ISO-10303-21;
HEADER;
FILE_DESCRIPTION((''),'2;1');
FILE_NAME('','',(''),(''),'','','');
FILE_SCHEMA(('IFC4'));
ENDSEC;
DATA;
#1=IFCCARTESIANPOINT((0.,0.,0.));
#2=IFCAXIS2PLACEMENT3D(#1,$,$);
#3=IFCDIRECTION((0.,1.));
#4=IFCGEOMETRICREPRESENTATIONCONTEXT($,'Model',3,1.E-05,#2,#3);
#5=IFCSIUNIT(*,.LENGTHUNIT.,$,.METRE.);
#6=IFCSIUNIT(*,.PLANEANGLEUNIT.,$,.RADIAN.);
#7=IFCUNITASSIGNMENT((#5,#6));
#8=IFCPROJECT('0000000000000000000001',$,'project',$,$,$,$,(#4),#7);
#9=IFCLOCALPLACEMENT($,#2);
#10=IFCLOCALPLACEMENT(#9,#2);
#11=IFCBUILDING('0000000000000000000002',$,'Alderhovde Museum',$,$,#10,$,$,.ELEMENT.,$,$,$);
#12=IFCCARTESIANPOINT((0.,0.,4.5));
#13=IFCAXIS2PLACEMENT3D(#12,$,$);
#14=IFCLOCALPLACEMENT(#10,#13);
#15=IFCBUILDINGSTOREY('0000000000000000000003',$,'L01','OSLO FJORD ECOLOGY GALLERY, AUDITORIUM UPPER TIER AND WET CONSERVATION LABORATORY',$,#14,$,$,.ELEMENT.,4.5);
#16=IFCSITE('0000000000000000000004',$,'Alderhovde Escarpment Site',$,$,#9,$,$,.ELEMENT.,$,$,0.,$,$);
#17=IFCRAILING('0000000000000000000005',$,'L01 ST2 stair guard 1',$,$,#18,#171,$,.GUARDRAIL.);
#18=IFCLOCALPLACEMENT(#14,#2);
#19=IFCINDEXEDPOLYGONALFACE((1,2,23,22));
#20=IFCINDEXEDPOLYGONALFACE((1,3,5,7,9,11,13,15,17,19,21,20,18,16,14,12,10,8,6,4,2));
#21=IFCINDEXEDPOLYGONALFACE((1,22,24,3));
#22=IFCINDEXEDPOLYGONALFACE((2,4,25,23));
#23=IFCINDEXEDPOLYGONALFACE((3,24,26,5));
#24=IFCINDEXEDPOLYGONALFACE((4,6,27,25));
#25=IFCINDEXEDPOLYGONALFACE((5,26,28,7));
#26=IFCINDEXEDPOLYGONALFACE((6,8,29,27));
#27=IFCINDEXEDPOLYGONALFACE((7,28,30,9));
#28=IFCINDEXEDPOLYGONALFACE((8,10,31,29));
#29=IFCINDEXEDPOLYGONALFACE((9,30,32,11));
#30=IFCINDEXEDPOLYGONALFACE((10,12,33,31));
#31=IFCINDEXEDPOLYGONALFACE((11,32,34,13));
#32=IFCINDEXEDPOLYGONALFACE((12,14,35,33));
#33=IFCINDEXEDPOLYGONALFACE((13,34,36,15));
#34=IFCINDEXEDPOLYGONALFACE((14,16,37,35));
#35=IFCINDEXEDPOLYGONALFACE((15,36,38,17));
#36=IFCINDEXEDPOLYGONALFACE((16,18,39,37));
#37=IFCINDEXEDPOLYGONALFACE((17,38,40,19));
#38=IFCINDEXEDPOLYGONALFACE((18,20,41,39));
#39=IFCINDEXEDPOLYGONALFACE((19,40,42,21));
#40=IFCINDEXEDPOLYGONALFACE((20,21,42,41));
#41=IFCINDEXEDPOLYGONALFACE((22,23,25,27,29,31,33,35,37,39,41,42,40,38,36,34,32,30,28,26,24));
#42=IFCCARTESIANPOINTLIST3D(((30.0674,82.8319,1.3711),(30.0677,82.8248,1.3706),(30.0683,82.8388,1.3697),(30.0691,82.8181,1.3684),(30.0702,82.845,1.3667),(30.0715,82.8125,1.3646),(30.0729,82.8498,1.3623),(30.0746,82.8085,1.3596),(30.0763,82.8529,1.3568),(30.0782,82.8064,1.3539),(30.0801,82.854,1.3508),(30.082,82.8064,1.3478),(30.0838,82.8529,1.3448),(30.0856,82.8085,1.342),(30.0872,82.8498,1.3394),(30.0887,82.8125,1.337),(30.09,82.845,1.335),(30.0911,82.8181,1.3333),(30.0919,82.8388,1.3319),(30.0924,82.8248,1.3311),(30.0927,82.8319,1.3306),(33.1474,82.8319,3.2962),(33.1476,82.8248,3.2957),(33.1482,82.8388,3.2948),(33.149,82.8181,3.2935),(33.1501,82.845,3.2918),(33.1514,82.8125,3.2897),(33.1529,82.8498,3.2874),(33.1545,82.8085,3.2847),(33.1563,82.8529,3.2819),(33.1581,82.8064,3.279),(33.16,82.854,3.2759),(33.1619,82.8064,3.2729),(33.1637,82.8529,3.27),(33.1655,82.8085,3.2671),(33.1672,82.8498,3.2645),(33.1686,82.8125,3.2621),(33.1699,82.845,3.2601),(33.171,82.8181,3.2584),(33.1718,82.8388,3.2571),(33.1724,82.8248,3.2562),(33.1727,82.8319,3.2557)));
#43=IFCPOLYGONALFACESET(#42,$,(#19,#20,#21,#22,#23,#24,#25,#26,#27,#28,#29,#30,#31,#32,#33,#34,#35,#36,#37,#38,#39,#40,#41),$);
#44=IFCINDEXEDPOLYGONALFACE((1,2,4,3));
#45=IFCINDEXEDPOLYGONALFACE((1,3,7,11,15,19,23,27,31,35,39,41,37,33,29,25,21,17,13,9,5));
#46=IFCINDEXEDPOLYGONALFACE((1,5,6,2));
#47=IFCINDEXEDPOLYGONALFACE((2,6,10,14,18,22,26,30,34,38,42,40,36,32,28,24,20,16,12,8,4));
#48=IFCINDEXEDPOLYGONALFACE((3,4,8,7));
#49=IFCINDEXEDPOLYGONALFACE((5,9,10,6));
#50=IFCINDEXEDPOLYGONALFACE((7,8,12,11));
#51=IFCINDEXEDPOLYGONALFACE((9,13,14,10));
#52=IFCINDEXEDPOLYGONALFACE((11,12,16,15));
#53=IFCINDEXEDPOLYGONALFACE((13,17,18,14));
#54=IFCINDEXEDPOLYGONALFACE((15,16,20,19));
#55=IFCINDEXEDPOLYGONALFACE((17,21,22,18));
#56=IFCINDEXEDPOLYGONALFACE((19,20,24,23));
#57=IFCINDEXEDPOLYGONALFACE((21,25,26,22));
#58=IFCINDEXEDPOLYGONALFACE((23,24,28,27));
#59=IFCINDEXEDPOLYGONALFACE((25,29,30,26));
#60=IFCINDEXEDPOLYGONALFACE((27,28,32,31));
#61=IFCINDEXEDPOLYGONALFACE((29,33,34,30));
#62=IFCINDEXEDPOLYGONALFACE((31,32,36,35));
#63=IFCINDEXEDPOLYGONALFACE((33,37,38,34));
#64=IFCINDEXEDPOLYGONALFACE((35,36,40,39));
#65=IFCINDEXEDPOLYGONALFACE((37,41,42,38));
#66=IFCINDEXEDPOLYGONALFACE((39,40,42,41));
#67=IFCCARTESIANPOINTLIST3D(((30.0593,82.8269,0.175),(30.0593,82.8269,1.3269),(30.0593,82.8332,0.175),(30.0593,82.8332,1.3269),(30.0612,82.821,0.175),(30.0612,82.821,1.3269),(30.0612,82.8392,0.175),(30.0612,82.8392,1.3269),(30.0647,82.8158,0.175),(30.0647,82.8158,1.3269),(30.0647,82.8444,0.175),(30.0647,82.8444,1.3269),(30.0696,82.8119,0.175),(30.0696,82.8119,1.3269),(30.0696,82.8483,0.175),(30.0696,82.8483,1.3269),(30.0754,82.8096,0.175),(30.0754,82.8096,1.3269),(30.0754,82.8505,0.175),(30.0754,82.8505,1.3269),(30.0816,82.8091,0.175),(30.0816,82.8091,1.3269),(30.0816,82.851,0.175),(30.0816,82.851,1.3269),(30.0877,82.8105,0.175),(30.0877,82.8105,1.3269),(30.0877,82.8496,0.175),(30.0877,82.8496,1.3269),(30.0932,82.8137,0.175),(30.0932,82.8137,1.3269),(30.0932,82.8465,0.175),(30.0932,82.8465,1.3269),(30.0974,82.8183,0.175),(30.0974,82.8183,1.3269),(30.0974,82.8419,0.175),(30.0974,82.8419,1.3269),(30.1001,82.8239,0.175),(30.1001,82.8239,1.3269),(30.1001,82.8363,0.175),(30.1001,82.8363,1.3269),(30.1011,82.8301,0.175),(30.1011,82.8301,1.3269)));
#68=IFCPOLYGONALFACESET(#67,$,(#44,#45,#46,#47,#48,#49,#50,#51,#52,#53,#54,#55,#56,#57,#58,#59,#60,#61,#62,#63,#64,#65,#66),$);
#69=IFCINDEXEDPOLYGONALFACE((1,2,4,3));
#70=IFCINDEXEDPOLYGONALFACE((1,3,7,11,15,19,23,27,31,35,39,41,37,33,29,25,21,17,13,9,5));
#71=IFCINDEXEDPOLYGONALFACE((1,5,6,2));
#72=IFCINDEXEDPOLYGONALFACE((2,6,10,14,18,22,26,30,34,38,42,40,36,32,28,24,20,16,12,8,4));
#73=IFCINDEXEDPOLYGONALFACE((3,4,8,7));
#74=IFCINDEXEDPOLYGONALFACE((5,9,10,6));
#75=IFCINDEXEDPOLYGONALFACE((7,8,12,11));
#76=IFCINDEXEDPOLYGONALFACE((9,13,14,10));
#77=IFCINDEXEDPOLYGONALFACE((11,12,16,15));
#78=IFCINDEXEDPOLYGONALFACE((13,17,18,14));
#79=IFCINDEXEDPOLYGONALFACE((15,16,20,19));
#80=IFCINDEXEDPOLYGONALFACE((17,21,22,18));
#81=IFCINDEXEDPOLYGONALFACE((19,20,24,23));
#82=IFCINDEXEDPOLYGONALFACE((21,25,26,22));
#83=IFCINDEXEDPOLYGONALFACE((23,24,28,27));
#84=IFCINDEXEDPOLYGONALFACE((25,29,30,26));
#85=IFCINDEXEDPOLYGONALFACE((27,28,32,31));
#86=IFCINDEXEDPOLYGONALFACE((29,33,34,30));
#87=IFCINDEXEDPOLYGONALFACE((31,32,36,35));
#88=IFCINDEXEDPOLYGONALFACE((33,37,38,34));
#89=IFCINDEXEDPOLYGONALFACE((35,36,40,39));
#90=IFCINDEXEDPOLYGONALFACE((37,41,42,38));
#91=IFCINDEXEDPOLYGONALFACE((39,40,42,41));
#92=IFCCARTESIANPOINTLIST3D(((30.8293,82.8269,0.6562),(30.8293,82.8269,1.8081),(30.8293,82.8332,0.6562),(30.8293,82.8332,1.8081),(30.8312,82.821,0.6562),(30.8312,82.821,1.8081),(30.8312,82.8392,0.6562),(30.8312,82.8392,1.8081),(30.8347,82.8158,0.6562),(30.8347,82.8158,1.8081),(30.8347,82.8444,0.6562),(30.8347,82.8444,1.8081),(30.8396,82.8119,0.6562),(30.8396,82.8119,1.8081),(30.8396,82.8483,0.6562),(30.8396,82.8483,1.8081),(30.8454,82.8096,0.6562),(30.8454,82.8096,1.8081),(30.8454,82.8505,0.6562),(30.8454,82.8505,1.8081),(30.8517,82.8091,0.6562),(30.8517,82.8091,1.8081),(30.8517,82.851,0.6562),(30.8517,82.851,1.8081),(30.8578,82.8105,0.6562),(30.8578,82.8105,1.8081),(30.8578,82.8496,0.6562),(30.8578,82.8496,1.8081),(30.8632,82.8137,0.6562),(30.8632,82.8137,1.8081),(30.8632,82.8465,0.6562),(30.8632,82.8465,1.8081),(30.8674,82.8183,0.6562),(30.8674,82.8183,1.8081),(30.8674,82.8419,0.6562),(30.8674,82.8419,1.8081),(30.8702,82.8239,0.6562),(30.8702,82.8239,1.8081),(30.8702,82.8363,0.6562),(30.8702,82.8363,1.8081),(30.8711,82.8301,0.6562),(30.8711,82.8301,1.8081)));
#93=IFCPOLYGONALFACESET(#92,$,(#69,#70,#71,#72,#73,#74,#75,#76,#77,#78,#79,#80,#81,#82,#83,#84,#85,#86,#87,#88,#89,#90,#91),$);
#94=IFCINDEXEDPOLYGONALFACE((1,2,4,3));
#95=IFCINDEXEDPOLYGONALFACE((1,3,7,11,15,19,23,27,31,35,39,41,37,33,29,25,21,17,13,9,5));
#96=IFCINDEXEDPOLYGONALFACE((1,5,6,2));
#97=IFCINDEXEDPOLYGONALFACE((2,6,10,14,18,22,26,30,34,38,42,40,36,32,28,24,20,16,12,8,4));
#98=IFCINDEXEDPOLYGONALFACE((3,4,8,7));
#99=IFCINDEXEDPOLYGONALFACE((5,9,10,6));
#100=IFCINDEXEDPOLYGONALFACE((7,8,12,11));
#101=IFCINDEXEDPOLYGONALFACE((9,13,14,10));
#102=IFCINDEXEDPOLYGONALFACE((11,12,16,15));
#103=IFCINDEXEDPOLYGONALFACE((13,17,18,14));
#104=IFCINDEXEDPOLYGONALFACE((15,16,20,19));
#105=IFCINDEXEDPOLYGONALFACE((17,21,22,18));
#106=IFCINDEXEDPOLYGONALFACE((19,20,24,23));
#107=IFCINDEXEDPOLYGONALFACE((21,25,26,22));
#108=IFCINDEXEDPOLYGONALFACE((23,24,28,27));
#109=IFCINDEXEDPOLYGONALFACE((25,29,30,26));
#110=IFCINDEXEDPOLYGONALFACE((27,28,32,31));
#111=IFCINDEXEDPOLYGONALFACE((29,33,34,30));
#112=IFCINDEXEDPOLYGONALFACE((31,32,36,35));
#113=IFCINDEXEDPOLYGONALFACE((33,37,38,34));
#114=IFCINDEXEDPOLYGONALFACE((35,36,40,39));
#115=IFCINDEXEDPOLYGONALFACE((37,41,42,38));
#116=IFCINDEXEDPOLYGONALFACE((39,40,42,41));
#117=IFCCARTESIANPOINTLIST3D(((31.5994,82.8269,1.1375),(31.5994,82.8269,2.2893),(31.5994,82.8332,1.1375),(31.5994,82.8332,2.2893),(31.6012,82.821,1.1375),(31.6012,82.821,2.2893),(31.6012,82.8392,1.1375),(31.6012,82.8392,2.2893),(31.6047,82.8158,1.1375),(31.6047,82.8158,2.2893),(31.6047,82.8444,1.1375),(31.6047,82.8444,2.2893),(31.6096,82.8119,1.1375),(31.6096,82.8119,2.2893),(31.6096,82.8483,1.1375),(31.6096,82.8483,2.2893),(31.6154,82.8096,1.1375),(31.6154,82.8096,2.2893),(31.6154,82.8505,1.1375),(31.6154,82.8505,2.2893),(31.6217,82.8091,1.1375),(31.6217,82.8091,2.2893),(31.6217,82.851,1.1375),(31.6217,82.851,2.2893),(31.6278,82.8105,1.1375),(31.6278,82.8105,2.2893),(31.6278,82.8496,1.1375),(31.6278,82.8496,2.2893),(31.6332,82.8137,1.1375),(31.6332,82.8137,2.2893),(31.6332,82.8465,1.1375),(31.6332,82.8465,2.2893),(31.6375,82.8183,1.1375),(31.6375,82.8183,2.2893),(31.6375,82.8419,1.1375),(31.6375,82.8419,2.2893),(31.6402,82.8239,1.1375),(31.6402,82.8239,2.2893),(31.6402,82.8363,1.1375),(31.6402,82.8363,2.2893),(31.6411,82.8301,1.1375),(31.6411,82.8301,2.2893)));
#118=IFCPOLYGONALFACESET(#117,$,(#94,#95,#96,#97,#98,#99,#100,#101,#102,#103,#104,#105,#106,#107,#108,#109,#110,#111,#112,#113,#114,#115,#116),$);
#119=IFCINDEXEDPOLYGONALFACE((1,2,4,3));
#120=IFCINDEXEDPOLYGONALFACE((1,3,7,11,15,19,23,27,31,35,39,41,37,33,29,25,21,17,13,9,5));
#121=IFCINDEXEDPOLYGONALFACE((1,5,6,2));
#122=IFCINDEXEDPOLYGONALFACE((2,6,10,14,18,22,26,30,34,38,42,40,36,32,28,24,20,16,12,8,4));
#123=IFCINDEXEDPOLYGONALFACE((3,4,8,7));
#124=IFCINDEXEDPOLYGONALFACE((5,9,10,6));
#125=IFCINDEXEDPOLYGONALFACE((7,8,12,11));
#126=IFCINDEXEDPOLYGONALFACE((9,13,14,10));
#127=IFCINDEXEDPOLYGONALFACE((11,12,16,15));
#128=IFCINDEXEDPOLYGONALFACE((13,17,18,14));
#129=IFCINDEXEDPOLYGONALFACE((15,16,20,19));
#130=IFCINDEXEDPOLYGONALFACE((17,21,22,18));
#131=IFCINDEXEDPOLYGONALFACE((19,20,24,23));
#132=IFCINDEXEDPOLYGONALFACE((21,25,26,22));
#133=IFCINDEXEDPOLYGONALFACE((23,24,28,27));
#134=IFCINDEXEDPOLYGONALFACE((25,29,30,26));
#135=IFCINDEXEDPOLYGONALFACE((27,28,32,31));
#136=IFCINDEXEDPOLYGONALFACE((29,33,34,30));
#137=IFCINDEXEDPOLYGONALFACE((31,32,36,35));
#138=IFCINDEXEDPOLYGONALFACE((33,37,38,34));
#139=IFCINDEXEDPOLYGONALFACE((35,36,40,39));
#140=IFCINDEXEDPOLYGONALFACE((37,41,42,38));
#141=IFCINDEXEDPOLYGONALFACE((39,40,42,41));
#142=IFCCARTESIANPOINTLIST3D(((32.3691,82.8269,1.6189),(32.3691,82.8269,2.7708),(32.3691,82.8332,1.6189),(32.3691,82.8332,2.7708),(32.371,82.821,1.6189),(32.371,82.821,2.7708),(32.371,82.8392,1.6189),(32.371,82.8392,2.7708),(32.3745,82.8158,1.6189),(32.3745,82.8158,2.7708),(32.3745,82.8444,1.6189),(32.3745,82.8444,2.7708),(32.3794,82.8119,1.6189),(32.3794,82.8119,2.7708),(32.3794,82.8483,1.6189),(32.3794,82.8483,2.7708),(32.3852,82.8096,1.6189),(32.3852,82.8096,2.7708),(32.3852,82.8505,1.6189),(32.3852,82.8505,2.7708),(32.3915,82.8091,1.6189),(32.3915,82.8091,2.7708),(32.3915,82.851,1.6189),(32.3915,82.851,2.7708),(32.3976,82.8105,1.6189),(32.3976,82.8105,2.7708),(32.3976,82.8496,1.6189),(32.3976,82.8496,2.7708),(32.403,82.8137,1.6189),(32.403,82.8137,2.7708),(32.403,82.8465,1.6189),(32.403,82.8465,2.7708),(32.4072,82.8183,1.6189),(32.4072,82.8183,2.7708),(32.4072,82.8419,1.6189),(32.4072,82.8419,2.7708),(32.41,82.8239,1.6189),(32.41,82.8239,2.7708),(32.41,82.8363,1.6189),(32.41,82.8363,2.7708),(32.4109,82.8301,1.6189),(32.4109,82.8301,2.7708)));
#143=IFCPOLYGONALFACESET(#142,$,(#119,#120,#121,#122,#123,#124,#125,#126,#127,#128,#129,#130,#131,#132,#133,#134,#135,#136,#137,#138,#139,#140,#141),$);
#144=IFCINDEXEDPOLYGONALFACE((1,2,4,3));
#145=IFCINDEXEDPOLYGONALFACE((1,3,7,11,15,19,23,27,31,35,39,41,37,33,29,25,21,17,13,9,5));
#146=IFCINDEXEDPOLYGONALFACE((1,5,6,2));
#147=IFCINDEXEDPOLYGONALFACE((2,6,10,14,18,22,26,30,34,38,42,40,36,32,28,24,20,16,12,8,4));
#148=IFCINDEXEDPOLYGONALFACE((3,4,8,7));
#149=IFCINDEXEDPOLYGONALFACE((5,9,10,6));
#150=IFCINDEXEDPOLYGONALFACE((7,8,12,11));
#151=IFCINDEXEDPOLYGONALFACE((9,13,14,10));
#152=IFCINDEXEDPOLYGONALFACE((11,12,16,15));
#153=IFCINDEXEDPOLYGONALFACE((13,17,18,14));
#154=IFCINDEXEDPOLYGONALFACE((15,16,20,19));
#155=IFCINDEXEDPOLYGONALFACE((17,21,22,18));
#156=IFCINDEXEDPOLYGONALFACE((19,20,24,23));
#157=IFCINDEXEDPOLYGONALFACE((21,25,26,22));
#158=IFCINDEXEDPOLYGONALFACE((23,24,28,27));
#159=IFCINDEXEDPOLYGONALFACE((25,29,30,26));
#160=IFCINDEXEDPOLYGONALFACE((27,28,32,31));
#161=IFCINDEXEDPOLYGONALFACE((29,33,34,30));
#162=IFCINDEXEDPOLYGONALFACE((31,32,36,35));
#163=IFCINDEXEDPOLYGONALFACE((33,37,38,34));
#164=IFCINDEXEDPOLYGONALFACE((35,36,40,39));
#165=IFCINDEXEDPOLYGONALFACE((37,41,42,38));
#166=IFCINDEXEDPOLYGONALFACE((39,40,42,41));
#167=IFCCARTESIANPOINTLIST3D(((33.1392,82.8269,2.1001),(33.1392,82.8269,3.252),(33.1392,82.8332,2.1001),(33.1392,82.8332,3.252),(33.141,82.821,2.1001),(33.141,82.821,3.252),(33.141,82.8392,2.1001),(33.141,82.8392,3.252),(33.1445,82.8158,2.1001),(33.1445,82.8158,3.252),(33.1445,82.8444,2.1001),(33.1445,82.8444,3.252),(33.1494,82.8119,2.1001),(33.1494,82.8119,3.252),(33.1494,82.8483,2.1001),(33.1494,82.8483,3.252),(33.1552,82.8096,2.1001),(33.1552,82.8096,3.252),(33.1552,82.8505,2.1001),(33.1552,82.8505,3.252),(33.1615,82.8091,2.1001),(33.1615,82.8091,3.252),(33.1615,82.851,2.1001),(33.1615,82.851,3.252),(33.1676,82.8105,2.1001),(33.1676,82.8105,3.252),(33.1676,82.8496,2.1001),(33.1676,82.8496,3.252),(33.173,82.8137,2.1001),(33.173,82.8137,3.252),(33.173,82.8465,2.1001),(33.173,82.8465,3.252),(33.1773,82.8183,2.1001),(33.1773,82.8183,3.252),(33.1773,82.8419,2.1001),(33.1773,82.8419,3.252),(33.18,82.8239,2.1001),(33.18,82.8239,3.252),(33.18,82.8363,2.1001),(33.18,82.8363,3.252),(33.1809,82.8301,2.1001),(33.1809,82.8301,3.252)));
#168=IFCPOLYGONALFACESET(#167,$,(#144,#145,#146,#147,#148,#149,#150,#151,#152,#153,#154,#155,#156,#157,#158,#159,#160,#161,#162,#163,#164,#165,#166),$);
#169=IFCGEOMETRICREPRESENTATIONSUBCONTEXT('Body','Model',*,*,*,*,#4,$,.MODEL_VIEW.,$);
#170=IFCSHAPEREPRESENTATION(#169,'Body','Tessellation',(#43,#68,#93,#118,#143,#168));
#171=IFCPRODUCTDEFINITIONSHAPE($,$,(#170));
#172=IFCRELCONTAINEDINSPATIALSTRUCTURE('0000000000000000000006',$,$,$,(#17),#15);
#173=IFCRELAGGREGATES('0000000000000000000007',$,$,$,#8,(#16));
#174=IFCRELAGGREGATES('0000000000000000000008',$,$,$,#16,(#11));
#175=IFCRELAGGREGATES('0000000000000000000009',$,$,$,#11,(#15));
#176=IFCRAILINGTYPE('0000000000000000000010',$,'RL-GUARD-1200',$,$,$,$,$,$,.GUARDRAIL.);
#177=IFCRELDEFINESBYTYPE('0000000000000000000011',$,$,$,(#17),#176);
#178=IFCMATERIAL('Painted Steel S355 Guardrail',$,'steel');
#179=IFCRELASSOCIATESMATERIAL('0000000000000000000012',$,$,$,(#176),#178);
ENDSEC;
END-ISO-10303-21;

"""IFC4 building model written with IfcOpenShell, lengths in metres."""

from ifc_helpers import new_model, si_unit, direction, frame, origin, origin_2d, place, context, subcontext, project, spatial, circle, extrude, material, type_object, element, save


model = new_model("IFC4")

# Units and contexts
model_context = context("Model", 3, precision=1e-05, world=origin(), true_north=direction((0.0, 1.0)))
body_context = subcontext(model_context, "Body", "Model", "MODEL_VIEW")
ifc_project = project(units=[si_unit("LENGTHUNIT", "METRE"), si_unit("PLANEANGLEUNIT", "RADIAN")], contexts=[model_context])

# Site, building, storey
site_placement = place(None, origin())
site = spatial("IfcSite", under=ifc_project, at=site_placement, Name="Alderhovde Escarpment Site", CompositionType="ELEMENT", RefElevation=0.0)
building_placement = place(site_placement, origin())
building = spatial("IfcBuilding", under=site, at=building_placement, Name="Alderhovde Museum", CompositionType="ELEMENT")
storey_placement = place(building_placement, frame((0.0, 0.0, 4.5)))
storey = spatial("IfcBuildingStorey", under=building, at=storey_placement, Name="L01", Description="OSLO FJORD ECOLOGY GALLERY, AUDITORIUM UPPER TIER AND WET CONSERVATION LABORATORY", CompositionType="ELEMENT", Elevation=4.5)

# Railing
ifc_material_1 = material(Name="Painted Steel S355 Guardrail", Category="steel")
railing_type_1 = type_object("IfcRailingType", Name="RL-GUARD-1200", PredefinedType="GUARDRAIL", material=ifc_material_1)
railing_1_placement = place(storey_placement, frame((30.0801, 82.8301, 0.175)))
element("IfcRailing", 1, at=railing_1_placement, inside=storey, type_object=railing_type_1, Name="L01 ST2 stair guard 1", PredefinedType="GUARDRAIL", context=body_context, shape_type="SweptSolid", body=[
    extrude(circle(Radius=0.0239, at=origin_2d()), frame((0.0, 0.0, 1.1758), z_axis=(0.847979, 0.0, 0.530029), x_axis=(0.0, 1.0, 0.0)), (0.0, 0.0, 1.0), 3.6321),
    extrude(circle(Radius=0.021, at=origin_2d()), origin(), (0.0, 0.0, 1.0), 1.1519),
    extrude(circle(Radius=0.021, at=origin_2d()), frame((0.77, 0.0, 0.4812)), (0.0, 0.0, 1.0), 1.1519),
    extrude(circle(Radius=0.021, at=origin_2d()), frame((1.54, 0.0, 0.9624)), (0.0, 0.0, 1.0), 1.1519),
    extrude(circle(Radius=0.021, at=origin_2d()), frame((2.3098, 0.0, 1.4438)), (0.0, 0.0, 1.0), 1.1519),
    extrude(circle(Radius=0.021, at=origin_2d()), frame((3.0798, 0.0, 1.925)), (0.0, 0.0, 1.0), 1.1519),
])

save(model, "model.ifc")
